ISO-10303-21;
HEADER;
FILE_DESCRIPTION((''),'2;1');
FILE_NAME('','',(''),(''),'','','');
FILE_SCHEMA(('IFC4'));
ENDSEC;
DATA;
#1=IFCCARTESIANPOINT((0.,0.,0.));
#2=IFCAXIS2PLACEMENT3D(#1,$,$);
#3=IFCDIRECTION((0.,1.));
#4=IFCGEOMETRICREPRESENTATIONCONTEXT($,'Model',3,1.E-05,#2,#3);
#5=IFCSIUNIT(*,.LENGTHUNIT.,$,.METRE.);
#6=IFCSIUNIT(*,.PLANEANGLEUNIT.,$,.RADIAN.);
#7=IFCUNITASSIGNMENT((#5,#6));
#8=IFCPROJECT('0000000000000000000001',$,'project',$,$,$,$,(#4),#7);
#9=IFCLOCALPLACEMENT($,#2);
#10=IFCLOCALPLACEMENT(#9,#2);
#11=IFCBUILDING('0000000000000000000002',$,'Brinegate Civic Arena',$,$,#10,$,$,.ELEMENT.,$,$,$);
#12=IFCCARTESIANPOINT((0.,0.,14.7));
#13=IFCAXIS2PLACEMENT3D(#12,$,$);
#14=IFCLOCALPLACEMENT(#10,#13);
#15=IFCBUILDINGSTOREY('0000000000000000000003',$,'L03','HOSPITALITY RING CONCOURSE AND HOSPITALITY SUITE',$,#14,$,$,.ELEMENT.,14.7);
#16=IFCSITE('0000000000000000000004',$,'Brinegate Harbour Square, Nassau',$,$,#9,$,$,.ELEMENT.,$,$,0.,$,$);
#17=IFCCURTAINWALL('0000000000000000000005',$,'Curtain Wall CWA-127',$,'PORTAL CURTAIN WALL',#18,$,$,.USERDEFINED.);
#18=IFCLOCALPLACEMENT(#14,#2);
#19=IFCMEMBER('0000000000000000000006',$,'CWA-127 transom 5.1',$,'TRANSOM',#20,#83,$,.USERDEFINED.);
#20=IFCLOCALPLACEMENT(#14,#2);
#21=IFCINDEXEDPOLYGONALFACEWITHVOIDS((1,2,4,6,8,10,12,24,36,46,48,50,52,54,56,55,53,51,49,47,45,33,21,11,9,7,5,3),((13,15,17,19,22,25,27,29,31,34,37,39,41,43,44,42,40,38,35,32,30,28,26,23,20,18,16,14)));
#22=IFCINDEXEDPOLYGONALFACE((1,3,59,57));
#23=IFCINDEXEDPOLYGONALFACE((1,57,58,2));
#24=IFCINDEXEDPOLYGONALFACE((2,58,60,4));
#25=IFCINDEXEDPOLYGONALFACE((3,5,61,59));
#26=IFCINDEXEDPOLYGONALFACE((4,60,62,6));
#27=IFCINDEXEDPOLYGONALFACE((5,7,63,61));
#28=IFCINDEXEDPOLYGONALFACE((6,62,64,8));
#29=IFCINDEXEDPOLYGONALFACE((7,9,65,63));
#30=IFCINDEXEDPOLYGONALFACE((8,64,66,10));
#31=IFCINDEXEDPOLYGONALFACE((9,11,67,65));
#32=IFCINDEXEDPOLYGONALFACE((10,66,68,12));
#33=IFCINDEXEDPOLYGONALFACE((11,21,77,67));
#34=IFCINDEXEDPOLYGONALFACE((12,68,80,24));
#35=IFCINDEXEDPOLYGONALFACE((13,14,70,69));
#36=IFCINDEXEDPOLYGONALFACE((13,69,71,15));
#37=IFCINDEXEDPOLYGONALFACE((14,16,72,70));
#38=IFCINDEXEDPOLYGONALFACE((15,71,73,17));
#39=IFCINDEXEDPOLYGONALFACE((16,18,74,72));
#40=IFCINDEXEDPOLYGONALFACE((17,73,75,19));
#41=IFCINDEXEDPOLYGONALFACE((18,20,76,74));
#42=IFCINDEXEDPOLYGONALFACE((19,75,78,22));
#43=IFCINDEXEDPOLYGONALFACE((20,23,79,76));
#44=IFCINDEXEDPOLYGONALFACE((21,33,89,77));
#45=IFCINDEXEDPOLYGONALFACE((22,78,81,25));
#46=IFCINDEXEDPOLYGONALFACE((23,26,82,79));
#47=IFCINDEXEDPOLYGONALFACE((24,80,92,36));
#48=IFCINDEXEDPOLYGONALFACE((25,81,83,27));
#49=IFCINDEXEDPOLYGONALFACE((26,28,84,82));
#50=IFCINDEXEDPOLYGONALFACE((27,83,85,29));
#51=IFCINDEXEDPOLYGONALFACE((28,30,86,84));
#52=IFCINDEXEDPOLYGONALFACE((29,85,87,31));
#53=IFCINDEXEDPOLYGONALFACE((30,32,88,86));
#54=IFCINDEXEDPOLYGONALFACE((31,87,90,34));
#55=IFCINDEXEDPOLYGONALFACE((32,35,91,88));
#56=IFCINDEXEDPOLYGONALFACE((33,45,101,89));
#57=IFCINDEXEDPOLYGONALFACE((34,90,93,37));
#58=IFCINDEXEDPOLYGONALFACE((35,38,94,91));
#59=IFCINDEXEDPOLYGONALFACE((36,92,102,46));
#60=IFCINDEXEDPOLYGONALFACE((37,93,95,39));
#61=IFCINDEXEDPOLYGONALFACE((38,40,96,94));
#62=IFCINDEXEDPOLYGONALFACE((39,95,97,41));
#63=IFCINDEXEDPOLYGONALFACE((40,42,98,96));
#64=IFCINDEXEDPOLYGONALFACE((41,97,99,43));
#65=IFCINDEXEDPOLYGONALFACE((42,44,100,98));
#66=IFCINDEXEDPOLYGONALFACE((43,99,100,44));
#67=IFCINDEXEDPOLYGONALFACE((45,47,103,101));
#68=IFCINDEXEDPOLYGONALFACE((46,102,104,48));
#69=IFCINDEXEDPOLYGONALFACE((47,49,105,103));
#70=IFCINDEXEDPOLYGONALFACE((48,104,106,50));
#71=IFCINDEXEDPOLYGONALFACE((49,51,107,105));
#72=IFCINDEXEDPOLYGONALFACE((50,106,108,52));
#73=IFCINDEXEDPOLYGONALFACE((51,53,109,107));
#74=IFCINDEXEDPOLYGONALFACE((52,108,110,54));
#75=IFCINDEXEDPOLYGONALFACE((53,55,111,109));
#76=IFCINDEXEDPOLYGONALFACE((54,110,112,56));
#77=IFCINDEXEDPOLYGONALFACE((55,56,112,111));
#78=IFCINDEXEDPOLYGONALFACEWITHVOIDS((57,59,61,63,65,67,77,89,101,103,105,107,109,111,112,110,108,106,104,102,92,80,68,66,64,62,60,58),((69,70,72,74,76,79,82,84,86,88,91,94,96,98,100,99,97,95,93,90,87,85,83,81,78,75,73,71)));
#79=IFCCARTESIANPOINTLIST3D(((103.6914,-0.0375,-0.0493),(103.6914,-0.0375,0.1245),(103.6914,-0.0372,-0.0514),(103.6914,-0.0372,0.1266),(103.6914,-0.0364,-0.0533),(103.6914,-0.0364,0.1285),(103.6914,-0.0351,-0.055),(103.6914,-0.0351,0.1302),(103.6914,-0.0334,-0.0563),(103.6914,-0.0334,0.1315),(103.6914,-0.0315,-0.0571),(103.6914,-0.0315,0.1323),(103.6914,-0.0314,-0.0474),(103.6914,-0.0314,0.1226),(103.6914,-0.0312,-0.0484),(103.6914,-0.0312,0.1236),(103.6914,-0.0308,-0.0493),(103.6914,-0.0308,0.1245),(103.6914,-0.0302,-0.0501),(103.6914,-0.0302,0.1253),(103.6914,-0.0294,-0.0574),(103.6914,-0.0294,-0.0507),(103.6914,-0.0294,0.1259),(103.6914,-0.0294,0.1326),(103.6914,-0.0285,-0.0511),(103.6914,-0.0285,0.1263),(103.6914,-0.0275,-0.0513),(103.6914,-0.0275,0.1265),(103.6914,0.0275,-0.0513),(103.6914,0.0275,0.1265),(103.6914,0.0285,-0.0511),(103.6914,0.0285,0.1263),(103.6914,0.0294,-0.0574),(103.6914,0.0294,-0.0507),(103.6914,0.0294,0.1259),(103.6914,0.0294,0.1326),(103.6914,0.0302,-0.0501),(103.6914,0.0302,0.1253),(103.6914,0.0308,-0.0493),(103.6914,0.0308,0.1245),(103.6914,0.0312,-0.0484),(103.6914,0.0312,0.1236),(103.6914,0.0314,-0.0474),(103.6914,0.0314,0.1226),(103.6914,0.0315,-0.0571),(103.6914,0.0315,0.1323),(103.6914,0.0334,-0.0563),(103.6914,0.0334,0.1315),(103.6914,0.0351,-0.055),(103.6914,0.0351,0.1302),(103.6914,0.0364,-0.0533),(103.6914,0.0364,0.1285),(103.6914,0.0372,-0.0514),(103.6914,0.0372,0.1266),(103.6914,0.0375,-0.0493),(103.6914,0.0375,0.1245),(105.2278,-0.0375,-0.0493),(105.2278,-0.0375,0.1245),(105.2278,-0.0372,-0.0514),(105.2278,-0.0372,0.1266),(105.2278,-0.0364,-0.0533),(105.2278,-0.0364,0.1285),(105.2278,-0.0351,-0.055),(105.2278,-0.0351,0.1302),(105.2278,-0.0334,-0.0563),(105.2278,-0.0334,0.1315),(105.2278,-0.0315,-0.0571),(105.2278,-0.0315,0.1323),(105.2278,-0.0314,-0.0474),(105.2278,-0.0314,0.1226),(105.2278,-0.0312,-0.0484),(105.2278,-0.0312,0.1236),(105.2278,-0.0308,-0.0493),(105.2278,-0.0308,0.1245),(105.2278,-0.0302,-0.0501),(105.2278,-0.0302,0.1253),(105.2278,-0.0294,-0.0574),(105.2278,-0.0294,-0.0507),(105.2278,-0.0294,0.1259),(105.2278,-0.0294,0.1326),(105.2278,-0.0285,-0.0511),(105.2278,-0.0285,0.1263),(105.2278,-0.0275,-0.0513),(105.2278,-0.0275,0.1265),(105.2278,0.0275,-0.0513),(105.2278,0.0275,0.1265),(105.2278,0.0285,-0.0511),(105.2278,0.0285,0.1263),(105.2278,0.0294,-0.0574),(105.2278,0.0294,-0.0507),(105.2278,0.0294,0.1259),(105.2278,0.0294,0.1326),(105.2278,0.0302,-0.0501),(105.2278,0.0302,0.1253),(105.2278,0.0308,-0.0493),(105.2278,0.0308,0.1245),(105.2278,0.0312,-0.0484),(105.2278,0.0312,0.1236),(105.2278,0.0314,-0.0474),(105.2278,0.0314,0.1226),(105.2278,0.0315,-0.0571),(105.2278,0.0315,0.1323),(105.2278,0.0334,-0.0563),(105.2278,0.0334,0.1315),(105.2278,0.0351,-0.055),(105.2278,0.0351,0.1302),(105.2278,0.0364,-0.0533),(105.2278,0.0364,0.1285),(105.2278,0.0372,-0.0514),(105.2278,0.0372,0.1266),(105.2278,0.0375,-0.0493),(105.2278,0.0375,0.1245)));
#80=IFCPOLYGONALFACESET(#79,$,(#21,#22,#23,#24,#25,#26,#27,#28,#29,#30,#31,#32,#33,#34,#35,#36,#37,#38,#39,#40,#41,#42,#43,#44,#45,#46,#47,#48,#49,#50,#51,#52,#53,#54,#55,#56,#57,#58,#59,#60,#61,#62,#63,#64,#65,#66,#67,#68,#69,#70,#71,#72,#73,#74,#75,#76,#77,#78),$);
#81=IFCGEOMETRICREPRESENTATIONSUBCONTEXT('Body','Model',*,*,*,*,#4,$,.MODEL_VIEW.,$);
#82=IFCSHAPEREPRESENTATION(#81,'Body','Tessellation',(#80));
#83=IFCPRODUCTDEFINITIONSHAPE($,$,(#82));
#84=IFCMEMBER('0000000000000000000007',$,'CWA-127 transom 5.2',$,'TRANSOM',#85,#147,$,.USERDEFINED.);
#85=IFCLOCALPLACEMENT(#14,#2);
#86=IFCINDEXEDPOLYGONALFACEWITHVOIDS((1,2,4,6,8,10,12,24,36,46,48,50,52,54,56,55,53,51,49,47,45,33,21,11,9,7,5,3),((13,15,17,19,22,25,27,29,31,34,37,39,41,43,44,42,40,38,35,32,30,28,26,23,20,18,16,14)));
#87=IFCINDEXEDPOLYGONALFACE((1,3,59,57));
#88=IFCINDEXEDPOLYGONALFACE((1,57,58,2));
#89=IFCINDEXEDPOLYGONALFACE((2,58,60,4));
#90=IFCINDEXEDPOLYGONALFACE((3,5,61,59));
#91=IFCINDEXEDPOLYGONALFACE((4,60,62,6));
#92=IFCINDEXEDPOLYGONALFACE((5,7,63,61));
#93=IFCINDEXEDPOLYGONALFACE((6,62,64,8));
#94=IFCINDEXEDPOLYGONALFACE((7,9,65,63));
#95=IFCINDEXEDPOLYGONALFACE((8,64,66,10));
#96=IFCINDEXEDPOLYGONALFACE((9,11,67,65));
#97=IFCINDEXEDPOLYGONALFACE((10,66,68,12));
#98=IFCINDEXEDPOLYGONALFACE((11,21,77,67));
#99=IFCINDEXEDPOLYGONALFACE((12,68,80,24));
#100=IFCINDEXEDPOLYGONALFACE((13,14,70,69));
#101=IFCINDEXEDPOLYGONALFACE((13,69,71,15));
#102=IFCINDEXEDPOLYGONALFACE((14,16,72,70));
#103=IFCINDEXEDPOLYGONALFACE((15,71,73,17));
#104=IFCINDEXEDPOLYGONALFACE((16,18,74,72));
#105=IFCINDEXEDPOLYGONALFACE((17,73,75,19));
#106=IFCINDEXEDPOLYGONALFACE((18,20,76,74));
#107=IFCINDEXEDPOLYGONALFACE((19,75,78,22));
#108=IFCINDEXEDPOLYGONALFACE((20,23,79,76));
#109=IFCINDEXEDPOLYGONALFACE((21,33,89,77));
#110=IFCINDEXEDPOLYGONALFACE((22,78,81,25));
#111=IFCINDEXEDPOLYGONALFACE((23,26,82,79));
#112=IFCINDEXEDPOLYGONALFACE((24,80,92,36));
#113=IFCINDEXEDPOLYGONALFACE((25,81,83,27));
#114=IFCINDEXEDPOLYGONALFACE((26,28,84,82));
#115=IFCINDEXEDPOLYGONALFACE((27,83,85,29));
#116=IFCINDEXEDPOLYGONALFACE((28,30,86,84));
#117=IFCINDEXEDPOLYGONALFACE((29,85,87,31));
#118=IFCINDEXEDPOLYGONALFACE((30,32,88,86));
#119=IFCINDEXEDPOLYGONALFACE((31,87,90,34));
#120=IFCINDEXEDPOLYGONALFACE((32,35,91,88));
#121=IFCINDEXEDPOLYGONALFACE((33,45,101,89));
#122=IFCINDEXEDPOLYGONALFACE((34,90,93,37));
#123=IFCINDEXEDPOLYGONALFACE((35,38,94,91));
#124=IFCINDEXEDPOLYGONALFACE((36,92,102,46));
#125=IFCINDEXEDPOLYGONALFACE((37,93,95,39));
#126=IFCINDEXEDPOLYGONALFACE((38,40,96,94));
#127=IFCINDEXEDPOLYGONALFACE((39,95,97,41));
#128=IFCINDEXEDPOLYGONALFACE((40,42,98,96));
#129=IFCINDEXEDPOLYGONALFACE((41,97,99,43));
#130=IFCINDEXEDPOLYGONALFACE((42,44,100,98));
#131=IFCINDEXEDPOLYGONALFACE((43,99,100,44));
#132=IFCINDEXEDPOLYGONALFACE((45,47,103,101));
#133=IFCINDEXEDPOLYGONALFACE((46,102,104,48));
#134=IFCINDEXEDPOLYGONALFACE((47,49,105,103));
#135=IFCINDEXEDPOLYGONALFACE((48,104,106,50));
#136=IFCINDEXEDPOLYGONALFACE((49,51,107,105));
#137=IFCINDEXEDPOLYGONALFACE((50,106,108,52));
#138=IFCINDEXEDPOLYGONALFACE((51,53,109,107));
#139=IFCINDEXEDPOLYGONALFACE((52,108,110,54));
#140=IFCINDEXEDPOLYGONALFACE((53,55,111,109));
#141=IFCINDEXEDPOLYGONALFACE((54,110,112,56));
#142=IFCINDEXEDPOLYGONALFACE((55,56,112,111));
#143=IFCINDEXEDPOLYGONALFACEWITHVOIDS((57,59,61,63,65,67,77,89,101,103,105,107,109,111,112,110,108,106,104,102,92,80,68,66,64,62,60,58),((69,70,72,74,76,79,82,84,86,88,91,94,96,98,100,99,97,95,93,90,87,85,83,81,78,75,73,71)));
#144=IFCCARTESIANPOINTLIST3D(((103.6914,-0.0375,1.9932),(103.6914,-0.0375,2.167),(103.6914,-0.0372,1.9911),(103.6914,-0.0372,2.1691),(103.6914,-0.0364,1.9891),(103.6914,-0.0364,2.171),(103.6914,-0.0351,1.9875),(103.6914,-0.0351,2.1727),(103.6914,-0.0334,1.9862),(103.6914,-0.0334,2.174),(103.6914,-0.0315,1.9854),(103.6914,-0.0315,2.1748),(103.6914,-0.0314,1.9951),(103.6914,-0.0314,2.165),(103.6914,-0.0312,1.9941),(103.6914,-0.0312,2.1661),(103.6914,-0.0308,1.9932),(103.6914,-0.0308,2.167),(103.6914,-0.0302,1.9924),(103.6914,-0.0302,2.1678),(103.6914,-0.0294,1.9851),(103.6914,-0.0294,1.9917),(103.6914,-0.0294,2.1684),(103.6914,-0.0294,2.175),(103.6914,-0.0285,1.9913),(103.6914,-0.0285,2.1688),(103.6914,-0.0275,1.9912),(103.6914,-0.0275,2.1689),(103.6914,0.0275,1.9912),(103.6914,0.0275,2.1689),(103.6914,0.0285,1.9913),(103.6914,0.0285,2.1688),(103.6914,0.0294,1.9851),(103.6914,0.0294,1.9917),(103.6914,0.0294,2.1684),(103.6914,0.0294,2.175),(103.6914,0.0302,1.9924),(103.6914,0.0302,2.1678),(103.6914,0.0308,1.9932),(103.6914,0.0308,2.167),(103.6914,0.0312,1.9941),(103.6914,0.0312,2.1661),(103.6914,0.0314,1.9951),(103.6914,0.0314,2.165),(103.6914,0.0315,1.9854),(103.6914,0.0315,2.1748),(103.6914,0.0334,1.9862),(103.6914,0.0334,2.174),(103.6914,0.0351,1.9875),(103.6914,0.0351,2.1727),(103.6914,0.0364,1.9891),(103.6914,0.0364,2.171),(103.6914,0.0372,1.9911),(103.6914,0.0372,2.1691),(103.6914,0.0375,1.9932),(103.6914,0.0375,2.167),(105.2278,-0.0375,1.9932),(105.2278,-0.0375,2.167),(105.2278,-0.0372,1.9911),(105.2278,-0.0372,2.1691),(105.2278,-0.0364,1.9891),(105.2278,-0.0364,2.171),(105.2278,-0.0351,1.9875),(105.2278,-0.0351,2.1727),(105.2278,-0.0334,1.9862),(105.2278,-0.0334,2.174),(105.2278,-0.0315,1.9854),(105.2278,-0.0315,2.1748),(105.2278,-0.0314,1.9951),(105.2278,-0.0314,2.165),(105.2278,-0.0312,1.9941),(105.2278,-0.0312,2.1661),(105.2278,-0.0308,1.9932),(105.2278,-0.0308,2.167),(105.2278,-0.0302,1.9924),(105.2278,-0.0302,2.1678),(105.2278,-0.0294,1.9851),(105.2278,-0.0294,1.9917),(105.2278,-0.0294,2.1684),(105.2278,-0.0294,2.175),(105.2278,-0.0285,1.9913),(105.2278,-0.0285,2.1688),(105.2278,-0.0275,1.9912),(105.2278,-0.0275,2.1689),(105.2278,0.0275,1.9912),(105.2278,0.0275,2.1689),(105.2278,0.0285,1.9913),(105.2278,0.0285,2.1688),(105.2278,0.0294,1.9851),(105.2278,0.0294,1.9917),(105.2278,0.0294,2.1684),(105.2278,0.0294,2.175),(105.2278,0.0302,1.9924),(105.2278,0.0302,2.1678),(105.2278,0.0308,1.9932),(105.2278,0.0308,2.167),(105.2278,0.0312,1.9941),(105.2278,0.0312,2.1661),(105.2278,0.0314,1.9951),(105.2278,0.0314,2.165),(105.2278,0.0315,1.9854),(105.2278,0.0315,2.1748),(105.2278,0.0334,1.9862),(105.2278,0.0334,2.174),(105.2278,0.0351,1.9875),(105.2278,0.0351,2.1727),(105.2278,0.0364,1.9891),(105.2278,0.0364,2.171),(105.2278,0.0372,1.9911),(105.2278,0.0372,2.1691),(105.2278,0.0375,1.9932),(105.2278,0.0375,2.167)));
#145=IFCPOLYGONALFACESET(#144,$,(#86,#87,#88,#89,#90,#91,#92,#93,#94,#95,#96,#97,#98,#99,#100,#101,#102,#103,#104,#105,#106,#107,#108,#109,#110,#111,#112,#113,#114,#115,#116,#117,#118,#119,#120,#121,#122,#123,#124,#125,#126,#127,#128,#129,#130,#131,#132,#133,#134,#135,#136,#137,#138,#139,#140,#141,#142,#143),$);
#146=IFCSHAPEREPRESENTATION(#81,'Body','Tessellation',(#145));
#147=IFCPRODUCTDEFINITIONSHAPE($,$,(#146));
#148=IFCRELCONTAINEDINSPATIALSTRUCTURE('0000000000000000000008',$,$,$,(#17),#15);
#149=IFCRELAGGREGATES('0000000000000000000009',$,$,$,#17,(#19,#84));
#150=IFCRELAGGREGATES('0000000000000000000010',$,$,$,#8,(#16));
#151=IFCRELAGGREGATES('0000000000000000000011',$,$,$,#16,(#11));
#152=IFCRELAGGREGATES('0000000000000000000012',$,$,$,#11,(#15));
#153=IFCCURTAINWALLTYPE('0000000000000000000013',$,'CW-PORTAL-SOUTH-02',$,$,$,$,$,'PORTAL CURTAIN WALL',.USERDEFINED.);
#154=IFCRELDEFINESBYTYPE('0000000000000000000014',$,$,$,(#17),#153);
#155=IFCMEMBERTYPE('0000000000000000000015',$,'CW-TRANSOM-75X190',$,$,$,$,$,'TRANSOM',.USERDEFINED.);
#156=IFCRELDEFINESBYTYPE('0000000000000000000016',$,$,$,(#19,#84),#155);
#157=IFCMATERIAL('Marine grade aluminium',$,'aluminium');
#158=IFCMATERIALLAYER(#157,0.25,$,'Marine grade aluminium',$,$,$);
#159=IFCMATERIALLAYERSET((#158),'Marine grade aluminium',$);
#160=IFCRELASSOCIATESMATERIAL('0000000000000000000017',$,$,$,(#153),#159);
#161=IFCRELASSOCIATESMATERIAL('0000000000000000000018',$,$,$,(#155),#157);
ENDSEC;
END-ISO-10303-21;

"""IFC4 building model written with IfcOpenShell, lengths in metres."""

from ifc_helpers import new_model, si_unit, direction, frame, origin, origin_2d, place, context, subcontext, project, spatial, hollow_rectangle, extrude, material, layer, layer_set, material_profile, profile_set, type_object, element, aggregate, save


model = new_model("IFC4")

# Units and contexts
model_context = context("Model", 3, precision=1e-05, world=origin(), true_north=direction((0.0, 1.0)))
body_context = subcontext(model_context, "Body", "Model", "MODEL_VIEW")
ifc_project = project(units=[si_unit("LENGTHUNIT", "METRE"), si_unit("PLANEANGLEUNIT", "RADIAN")], contexts=[model_context])

# Site, building, storey
site_placement = place(None, origin())
site = spatial("IfcSite", under=ifc_project, at=site_placement, Name="Brinegate Harbour Square, Nassau", CompositionType="ELEMENT", RefElevation=0.0)
building_placement = place(site_placement, origin())
building = spatial("IfcBuilding", under=site, at=building_placement, Name="Brinegate Civic Arena", CompositionType="ELEMENT")
storey_placement = place(building_placement, frame((0.0, 0.0, 14.7)))
storey = spatial("IfcBuildingStorey", under=building, at=storey_placement, Name="L03", Description="HOSPITALITY RING CONCOURSE AND HOSPITALITY SUITE", CompositionType="ELEMENT", Elevation=14.7)

# Curtain wall, members
ifc_material_1 = material(Name="Marine grade aluminium", Category="aluminium")
ifc_layer_1 = layer(ifc_material_1, 0.25, Name="Marine grade aluminium")
ifc_layer_set_1 = layer_set([ifc_layer_1], Name="Marine grade aluminium")
curtain_wall_type = type_object("IfcCurtainWallType", Name="CW-PORTAL-SOUTH-02", ElementType="PORTAL CURTAIN WALL", PredefinedType="USERDEFINED", material=ifc_layer_set_1)
curtain_wall_placement = place(storey_placement, origin())
curtain_wall = element("IfcCurtainWall", 1, at=curtain_wall_placement, inside=storey, type_object=curtain_wall_type, Name="Curtain Wall CWA-127", ObjectType="PORTAL CURTAIN WALL", PredefinedType="USERDEFINED")
ifc_material_profile_1 = material_profile(ifc_material_1, hollow_rectangle(XDim=0.075, YDim=0.1899, WallThickness=0.0061, InnerFilletRadius=0.0039, OuterFilletRadius=0.0081, at=origin_2d()), Name="TRN75X190")
ifc_profile_set_1 = profile_set([ifc_material_profile_1], Name="Marine grade aluminium")
member_type_1 = type_object("IfcMemberType", Name="CW-TRANSOM-75X190", ElementType="TRANSOM", PredefinedType="USERDEFINED", material=ifc_profile_set_1)
member_1_placement = place(storey_placement, frame((103.6914, 0.0, 0.0376), z_axis=(1.0, 0.0, 0.0), x_axis=(0.0, 1.0, 0.0)))
member_1 = element("IfcMember", 2, at=member_1_placement, type_object=member_type_1, Name="CWA-127 transom 5.1", ObjectType="TRANSOM", PredefinedType="USERDEFINED", context=body_context, shape_type="SweptSolid", body=[
    extrude(hollow_rectangle(XDim=0.075, YDim=0.1899, WallThickness=0.0061, InnerFilletRadius=0.0039, OuterFilletRadius=0.0081, at=origin_2d()), origin(), (0.0, 0.0, 1.0), 1.5364),
])
member_2_placement = place(storey_placement, frame((103.6914, 0.0, 2.0801), z_axis=(1.0, 0.0, 0.0), x_axis=(0.0, 1.0, 0.0)))
member_2 = element("IfcMember", 3, at=member_2_placement, type_object=member_type_1, Name="CWA-127 transom 5.2", ObjectType="TRANSOM", PredefinedType="USERDEFINED", context=body_context, shape_type="SweptSolid", body=[
    extrude(hollow_rectangle(XDim=0.075, YDim=0.1899, WallThickness=0.0061, InnerFilletRadius=0.0039, OuterFilletRadius=0.0081, at=origin_2d()), origin(), (0.0, 0.0, 1.0), 1.5364),
])
aggregate(curtain_wall, [member_1, member_2])

save(model, "model.ifc")
